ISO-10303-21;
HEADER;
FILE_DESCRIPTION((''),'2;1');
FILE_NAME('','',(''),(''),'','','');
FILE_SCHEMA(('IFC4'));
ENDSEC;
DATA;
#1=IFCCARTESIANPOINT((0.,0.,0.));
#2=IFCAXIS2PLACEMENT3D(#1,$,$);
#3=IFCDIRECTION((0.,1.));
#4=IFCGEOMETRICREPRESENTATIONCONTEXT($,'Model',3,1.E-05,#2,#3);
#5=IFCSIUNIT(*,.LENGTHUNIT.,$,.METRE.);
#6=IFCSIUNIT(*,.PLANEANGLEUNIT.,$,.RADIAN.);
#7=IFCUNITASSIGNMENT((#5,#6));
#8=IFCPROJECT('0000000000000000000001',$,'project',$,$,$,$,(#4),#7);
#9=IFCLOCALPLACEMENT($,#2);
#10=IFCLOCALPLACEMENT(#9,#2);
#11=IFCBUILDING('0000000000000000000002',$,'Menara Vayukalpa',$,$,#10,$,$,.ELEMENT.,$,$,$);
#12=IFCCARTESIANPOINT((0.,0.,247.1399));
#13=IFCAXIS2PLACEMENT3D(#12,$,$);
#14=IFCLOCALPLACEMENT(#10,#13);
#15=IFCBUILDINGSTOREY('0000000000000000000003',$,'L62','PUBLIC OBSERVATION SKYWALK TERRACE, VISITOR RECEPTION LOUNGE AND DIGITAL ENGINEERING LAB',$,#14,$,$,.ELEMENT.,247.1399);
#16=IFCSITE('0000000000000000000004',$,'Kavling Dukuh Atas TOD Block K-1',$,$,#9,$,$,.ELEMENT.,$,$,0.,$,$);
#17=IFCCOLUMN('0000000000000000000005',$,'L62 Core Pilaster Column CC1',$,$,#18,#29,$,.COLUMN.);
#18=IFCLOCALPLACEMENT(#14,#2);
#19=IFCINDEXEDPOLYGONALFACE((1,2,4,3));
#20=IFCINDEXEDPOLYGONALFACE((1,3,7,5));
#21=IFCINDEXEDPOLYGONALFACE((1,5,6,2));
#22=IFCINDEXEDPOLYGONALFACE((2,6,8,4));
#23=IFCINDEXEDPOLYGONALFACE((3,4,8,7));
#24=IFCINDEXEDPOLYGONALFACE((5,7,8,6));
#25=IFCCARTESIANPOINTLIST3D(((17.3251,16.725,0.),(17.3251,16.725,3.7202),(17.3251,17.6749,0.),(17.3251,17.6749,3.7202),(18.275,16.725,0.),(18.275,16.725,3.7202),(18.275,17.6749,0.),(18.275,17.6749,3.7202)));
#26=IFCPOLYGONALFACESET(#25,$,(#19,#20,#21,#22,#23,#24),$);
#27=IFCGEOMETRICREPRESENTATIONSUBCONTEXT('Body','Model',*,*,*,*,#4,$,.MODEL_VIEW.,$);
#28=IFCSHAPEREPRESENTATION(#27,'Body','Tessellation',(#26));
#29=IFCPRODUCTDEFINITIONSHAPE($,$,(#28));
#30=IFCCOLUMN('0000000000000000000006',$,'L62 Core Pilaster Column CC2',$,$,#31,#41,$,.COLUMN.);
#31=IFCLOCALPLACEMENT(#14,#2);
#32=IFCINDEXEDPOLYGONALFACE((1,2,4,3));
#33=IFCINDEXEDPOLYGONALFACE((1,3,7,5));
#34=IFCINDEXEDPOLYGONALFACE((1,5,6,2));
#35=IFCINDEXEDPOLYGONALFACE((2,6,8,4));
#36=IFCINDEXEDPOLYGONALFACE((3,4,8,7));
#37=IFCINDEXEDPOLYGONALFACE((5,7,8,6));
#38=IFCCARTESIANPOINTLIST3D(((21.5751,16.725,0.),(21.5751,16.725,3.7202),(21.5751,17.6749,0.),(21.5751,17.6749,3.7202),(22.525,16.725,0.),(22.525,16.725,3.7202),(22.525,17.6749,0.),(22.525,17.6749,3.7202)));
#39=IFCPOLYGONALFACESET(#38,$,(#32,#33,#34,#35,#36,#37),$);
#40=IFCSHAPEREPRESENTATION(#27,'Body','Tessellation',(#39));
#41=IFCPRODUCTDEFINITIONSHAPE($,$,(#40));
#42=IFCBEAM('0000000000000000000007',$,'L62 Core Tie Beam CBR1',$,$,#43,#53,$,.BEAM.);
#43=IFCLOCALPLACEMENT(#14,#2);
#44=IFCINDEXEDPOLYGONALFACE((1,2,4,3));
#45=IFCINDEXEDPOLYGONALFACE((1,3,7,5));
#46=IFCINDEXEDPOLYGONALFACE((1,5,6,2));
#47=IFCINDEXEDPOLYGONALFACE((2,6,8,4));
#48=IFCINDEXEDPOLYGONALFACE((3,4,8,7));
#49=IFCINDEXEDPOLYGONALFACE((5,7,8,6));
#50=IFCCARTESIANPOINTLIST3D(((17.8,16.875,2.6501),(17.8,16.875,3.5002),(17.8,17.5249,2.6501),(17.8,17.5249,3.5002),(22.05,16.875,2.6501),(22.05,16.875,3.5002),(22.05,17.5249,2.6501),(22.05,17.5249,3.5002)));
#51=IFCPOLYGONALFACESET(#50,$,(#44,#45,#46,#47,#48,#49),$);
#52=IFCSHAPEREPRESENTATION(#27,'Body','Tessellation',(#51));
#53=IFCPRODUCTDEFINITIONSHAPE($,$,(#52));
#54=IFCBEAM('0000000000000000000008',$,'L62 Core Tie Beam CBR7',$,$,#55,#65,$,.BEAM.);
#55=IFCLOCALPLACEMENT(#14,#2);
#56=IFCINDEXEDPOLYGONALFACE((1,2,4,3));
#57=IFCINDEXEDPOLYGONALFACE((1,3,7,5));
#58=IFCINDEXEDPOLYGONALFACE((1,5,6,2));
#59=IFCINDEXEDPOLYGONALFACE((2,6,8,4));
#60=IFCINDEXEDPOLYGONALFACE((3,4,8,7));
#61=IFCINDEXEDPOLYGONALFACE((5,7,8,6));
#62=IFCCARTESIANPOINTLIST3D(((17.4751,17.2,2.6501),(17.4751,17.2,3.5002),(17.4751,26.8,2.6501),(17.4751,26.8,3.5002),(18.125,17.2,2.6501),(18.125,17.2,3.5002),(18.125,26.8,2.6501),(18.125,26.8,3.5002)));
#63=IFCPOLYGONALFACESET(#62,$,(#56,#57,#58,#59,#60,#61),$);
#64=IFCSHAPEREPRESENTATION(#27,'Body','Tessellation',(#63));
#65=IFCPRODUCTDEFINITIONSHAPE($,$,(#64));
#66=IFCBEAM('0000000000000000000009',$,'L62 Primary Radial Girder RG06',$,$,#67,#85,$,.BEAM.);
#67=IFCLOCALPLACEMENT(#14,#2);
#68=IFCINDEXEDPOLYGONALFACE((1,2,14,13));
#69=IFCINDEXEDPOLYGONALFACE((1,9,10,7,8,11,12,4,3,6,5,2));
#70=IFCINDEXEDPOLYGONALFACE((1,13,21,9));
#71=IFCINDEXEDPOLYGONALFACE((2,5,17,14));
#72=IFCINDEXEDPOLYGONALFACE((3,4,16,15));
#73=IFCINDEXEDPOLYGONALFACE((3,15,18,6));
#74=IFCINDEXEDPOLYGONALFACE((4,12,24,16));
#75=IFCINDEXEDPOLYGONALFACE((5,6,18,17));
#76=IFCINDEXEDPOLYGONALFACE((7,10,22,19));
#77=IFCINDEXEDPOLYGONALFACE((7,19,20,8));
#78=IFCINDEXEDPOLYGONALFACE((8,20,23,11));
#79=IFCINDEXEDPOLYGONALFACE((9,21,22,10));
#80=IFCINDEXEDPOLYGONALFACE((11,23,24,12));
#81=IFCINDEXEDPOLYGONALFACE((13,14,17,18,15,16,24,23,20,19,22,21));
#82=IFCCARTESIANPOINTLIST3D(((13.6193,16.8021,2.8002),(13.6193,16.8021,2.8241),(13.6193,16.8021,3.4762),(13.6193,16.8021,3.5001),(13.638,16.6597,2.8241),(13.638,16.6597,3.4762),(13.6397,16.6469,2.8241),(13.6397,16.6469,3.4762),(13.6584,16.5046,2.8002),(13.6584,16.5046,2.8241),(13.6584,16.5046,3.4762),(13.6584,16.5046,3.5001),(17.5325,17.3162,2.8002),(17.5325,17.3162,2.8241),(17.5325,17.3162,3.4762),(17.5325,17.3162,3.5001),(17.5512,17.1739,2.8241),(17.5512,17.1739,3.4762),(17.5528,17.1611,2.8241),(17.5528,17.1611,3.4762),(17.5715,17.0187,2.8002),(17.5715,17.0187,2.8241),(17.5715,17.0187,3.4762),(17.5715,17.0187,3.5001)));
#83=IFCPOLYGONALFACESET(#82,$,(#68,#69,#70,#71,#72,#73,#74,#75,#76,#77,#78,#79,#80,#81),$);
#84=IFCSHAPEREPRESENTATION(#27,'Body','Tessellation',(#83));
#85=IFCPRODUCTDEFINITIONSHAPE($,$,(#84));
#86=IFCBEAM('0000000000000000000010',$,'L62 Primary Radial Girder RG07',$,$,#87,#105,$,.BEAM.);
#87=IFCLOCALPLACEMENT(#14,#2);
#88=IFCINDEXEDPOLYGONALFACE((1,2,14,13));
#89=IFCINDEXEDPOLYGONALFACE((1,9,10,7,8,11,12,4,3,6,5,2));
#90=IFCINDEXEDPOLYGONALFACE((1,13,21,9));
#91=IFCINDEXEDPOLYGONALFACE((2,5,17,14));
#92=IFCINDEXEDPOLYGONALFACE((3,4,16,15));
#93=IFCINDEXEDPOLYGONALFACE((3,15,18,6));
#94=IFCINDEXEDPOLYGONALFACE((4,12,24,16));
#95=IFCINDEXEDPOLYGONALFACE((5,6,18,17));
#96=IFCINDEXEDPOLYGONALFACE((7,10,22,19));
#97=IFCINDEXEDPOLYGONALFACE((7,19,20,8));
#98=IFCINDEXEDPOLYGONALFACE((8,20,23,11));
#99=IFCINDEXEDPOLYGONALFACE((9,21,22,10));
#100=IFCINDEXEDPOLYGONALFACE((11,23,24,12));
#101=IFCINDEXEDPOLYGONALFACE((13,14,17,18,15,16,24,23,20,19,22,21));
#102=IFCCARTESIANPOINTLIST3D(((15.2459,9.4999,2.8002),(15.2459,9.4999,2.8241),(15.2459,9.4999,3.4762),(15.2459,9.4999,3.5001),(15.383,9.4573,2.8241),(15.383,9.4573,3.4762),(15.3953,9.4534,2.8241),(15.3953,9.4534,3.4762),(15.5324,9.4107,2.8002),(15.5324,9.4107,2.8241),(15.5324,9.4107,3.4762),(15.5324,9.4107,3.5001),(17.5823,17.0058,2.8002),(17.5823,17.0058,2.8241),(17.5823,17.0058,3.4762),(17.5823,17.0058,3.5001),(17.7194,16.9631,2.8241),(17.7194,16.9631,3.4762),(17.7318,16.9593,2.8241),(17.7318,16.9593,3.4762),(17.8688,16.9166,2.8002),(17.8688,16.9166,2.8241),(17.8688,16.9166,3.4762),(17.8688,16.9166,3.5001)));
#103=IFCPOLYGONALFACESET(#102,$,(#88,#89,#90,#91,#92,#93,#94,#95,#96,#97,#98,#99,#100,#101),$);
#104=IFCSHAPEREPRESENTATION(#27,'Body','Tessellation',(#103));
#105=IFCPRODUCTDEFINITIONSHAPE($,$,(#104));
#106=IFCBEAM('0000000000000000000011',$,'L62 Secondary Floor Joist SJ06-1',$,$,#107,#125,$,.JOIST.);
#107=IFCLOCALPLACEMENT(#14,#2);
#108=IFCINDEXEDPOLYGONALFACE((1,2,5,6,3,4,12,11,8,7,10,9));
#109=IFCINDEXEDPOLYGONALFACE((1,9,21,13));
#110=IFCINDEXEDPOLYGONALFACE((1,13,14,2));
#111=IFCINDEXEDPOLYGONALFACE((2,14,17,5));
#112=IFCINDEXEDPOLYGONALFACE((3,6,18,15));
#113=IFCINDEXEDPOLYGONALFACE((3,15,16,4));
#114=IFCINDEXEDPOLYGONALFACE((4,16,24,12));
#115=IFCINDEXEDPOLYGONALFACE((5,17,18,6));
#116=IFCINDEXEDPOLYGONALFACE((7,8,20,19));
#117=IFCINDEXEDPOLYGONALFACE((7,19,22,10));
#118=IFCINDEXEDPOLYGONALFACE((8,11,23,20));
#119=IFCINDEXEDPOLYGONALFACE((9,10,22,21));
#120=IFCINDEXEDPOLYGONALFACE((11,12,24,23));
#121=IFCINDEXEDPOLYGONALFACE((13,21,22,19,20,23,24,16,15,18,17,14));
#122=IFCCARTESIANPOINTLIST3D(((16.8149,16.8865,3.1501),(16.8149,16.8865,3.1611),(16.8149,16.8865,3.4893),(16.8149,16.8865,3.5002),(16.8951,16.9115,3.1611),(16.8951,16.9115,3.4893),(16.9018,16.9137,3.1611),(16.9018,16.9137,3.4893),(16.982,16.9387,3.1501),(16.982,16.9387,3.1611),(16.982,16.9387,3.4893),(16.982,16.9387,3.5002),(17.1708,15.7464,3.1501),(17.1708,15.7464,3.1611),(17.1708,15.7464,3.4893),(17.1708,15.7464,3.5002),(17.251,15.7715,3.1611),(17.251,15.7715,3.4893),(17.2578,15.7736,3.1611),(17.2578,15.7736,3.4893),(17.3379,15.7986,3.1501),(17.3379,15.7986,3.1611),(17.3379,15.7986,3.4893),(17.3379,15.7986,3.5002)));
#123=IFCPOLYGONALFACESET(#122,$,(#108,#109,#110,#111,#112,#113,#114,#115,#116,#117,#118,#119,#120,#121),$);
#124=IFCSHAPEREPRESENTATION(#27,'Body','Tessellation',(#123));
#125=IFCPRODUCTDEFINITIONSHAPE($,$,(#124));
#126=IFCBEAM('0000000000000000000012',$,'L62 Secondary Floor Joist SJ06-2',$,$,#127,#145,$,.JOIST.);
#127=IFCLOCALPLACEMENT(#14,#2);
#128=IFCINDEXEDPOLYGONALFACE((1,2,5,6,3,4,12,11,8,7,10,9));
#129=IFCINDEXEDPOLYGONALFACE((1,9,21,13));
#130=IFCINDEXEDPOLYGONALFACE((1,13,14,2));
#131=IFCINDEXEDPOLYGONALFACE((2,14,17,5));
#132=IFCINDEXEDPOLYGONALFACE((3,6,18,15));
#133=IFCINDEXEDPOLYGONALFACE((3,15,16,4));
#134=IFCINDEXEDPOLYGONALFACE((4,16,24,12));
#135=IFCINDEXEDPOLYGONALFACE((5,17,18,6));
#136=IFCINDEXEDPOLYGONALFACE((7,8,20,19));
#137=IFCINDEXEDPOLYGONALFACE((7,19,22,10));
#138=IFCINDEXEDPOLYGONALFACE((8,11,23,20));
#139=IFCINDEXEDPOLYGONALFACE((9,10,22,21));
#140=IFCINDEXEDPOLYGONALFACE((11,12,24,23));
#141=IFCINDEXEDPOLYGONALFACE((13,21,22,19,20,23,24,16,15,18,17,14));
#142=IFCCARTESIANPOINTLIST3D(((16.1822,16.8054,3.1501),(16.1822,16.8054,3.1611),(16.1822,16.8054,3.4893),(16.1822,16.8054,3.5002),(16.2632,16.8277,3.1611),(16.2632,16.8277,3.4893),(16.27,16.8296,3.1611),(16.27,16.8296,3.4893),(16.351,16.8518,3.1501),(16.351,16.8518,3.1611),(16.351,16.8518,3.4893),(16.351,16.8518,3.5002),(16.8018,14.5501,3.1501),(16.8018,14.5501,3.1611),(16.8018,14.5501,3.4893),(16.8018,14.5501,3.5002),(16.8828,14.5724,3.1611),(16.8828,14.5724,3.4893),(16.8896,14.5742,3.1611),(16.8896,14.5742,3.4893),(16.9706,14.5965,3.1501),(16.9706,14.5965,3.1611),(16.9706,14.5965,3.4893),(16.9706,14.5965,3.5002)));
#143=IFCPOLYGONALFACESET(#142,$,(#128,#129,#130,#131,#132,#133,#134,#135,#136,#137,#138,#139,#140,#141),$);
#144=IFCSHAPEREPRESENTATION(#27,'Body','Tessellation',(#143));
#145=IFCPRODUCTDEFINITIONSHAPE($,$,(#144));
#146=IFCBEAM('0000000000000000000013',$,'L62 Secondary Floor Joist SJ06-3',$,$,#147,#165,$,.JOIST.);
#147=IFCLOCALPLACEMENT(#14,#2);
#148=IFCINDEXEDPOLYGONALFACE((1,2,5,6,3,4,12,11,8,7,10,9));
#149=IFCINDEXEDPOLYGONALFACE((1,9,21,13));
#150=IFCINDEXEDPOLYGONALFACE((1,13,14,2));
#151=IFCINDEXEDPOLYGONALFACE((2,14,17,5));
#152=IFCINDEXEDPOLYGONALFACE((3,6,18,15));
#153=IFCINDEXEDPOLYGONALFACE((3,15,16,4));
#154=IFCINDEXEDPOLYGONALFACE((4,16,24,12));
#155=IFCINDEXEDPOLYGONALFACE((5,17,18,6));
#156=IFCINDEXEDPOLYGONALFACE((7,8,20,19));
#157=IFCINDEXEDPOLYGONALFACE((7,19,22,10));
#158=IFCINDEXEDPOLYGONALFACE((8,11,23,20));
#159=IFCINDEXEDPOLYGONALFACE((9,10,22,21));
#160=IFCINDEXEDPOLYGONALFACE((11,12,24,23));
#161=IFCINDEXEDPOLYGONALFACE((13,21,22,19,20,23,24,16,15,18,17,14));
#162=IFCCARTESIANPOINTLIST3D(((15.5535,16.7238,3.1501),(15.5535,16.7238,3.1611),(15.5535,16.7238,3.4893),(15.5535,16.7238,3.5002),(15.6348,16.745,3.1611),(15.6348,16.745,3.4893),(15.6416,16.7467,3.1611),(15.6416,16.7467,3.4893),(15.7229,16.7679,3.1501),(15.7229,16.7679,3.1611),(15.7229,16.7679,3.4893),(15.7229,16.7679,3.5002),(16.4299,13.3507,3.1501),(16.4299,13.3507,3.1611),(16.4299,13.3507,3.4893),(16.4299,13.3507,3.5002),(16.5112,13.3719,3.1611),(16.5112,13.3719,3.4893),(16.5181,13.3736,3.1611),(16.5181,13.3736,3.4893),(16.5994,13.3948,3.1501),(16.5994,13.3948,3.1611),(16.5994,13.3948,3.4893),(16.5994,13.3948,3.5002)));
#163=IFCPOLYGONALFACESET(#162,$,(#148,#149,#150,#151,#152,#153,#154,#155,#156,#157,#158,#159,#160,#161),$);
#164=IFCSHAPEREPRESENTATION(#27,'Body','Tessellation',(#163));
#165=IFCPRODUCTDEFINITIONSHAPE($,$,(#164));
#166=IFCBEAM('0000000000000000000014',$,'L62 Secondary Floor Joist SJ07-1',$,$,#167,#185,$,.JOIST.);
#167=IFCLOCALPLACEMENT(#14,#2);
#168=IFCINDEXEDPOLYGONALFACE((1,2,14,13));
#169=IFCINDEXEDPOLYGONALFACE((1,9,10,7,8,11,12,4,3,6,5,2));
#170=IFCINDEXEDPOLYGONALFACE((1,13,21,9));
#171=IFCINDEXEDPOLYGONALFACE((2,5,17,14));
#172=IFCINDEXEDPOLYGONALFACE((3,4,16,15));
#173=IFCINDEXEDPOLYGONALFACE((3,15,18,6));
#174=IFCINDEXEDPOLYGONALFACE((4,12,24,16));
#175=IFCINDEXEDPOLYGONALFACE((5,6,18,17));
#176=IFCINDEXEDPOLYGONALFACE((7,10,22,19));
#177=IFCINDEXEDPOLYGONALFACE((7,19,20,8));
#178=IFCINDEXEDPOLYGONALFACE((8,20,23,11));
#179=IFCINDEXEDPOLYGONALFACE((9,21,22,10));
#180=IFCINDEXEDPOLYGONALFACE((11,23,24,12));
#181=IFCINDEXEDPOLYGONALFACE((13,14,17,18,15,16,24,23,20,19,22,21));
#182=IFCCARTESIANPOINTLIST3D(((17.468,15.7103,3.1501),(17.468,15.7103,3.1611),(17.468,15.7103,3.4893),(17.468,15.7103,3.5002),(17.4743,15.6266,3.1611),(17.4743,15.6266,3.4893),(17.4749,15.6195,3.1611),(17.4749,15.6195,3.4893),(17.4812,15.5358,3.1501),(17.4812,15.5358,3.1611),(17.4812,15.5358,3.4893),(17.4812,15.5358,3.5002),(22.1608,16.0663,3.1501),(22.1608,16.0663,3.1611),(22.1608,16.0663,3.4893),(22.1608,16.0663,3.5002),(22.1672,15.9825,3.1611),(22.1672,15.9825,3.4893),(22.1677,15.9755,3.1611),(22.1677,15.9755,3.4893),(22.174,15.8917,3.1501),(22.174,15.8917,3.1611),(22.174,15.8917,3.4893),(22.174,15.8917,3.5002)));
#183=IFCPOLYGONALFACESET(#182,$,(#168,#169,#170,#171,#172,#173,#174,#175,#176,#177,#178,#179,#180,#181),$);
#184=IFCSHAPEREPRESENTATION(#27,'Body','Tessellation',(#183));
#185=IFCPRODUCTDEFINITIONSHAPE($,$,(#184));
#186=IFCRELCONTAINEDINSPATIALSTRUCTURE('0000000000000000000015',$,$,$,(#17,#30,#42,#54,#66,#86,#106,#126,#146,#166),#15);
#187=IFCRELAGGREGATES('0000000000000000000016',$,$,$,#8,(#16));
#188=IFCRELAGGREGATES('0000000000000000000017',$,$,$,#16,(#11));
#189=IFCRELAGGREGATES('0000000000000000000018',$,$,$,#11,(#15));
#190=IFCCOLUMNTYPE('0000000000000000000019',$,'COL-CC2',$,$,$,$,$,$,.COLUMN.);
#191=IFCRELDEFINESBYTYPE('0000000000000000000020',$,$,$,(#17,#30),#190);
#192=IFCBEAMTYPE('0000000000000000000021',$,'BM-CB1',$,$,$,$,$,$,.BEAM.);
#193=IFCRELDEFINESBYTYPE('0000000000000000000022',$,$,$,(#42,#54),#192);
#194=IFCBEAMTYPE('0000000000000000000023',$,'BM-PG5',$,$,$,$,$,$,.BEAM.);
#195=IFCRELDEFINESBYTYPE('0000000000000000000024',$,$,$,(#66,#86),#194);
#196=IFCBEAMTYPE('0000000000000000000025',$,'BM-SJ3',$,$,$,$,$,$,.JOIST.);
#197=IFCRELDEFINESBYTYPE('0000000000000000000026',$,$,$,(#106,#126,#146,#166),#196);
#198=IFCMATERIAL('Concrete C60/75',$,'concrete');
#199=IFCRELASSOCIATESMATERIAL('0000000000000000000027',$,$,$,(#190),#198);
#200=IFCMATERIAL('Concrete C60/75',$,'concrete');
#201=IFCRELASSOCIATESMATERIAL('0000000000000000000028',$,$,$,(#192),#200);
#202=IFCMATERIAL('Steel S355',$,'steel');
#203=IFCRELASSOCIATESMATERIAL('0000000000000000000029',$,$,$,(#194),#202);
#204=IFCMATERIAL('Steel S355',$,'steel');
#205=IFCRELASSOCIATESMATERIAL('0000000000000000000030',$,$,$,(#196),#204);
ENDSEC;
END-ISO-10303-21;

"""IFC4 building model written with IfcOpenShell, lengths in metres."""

from ifc_helpers import new_model, si_unit, direction, frame, origin, origin_2d, place, context, subcontext, project, spatial, rectangle, i_section, extrude, material, material_profile, profile_set, type_object, element, save


model = new_model("IFC4")

# Units and contexts
model_context = context("Model", 3, precision=1e-05, world=origin(), true_north=direction((0.0, 1.0)))
body_context = subcontext(model_context, "Body", "Model", "MODEL_VIEW")
ifc_project = project(units=[si_unit("LENGTHUNIT", "METRE"), si_unit("PLANEANGLEUNIT", "RADIAN")], contexts=[model_context])

# Site, building, storey
site_placement = place(None, origin())
site = spatial("IfcSite", under=ifc_project, at=site_placement, Name="Kavling Dukuh Atas TOD Block K-1", CompositionType="ELEMENT", RefElevation=0.0)
building_placement = place(site_placement, origin())
building = spatial("IfcBuilding", under=site, at=building_placement, Name="Menara Vayukalpa", CompositionType="ELEMENT")
storey_placement = place(building_placement, frame((0.0, 0.0, 247.1399)))
storey = spatial("IfcBuildingStorey", under=building, at=storey_placement, Name="L62", Description="PUBLIC OBSERVATION SKYWALK TERRACE, VISITOR RECEPTION LOUNGE AND DIGITAL ENGINEERING LAB", CompositionType="ELEMENT", Elevation=247.1399)

# Columns
ifc_material_1 = material(Name="Concrete C60/75", Category="concrete")
ifc_material_profile_1 = material_profile(ifc_material_1, rectangle(XDim=0.95, YDim=0.95, at=origin_2d()), Name="RC 950x950")
ifc_profile_set_1 = profile_set([ifc_material_profile_1], Name="Concrete C60/75")
column_type = type_object("IfcColumnType", Name="COL-CC2", PredefinedType="COLUMN", material=ifc_profile_set_1)
for number, where, z_axis, x_axis, name in (
    (1, (17.8, 17.2, 0.0), (0.0, 0.0, 1.0), (1.0, 0.0, 0.0), "L62 Core Pilaster Column CC1"),
    (2, (22.05, 17.2, 0.0), (0.0, 0.0, 1.0), (1.0, 0.0, 0.0), "L62 Core Pilaster Column CC2"),
):
    element("IfcColumn", number, at=place(storey_placement, frame(where, z_axis=z_axis, x_axis=x_axis)), inside=storey, type_object=column_type, Name=name, PredefinedType="COLUMN", context=body_context, shape_type="SweptSolid", body=[
        extrude(rectangle(XDim=0.95, YDim=0.95, at=origin_2d()), origin(), (0.0, 0.0, 1.0), 3.7202),
    ])

# Beams
ifc_material_2 = material(Name="Concrete C60/75", Category="concrete")
ifc_material_profile_2 = material_profile(ifc_material_2, rectangle(XDim=0.6499, YDim=0.8501, at=origin_2d()), Name="RC 650x850")
ifc_profile_set_2 = profile_set([ifc_material_profile_2], Name="Concrete C60/75")
beam_type_1 = type_object("IfcBeamType", Name="BM-CB1", PredefinedType="BEAM", material=ifc_profile_set_2)
beam_1_placement = place(storey_placement, frame((17.8, 17.2, 3.0752), z_axis=(1.0, 0.0, 0.0), x_axis=(0.0, 1.0, 0.0)))
element("IfcBeam", 3, at=beam_1_placement, inside=storey, type_object=beam_type_1, Name="L62 Core Tie Beam CBR1", PredefinedType="BEAM", context=body_context, shape_type="SweptSolid", body=[
    extrude(rectangle(XDim=0.6499, YDim=0.8501, at=origin_2d()), origin(), (0.0, 0.0, 1.0), 4.25),
])
beam_2_placement = place(storey_placement, frame((17.8, 17.2, 3.0752), z_axis=(0.0, 1.0, 0.0), x_axis=(-1.0, 0.0, 0.0)))
element("IfcBeam", 4, at=beam_2_placement, inside=storey, type_object=beam_type_1, Name="L62 Core Tie Beam CBR7", PredefinedType="BEAM", context=body_context, shape_type="SweptSolid", body=[
    extrude(rectangle(XDim=0.6499, YDim=0.8501, at=origin_2d()), origin(), (0.0, 0.0, 1.0), 9.6001),
])
ifc_material_3 = material(Name="Steel S355", Category="steel")
ifc_material_profile_3 = material_profile(ifc_material_3, i_section(OverallWidth=0.3, OverallDepth=0.7, WebThickness=0.0129, FlangeThickness=0.0239, at=origin_2d()), Name="WF 700x300x13x24")
ifc_profile_set_3 = profile_set([ifc_material_profile_3], Name="Steel S355")
beam_type_2 = type_object("IfcBeamType", Name="BM-PG5", PredefinedType="BEAM", material=ifc_profile_set_3)
beam_3_placement = place(storey_placement, frame((17.552, 17.1675, 3.1501), z_axis=(-0.991478, -0.130275, 0.0), x_axis=(0.130275, -0.991478, 0.0)))
element("IfcBeam", 5, at=beam_3_placement, inside=storey, type_object=beam_type_2, Name="L62 Primary Radial Girder RG06", PredefinedType="BEAM", context=body_context, shape_type="SweptSolid", body=[
    extrude(i_section(OverallWidth=0.3, OverallDepth=0.7, WebThickness=0.0129, FlangeThickness=0.0239, at=origin_2d()), origin(), (0.0, 0.0, 1.0), 3.9468),
])
beam_4_placement = place(storey_placement, frame((17.7256, 16.9612, 3.1501), z_axis=(-0.297214, -0.954811, 0.0), x_axis=(0.954811, -0.297214, 0.0)))
element("IfcBeam", 6, at=beam_4_placement, inside=storey, type_object=beam_type_2, Name="L62 Primary Radial Girder RG07", PredefinedType="BEAM", context=body_context, shape_type="SweptSolid", body=[
    extrude(i_section(OverallWidth=0.3, OverallDepth=0.7, WebThickness=0.0129, FlangeThickness=0.0239, at=origin_2d()), origin(), (0.0, 0.0, 1.0), 7.8611),
])
ifc_material_4 = material(Name="Steel S355", Category="steel")
ifc_material_profile_4 = material_profile(ifc_material_4, i_section(OverallWidth=0.175, OverallDepth=0.3501, WebThickness=0.0071, FlangeThickness=0.011, at=origin_2d()), Name="WF 350x175x7x11")
ifc_profile_set_4 = profile_set([ifc_material_profile_4], Name="Steel S355")
beam_type_3 = type_object("IfcBeamType", Name="BM-SJ3", PredefinedType="JOIST", material=ifc_profile_set_4)
beam_5_placement = place(storey_placement, frame((16.8984, 16.9126, 3.3252), z_axis=(0.298019, -0.95456, 0.0), x_axis=(0.95456, 0.298019, 0.0)))
element("IfcBeam", 7, at=beam_5_placement, inside=storey, type_object=beam_type_3, Name="L62 Secondary Floor Joist SJ06-1", PredefinedType="JOIST", context=body_context, shape_type="SweptSolid", body=[
    extrude(i_section(OverallWidth=0.175, OverallDepth=0.3501, WebThickness=0.0071, FlangeThickness=0.011, at=origin_2d()), origin(), (0.0, 0.0, 1.0), 1.1943),
])
beam_6_placement = place(storey_placement, frame((16.2666, 16.8286, 3.3252), z_axis=(0.264919, -0.964271, 0.0), x_axis=(0.964271, 0.264919, 0.0)))
element("IfcBeam", 8, at=beam_6_placement, inside=storey, type_object=beam_type_3, Name="L62 Secondary Floor Joist SJ06-2", PredefinedType="JOIST", context=body_context, shape_type="SweptSolid", body=[
    extrude(i_section(OverallWidth=0.175, OverallDepth=0.3501, WebThickness=0.0071, FlangeThickness=0.011, at=origin_2d()), origin(), (0.0, 0.0, 1.0), 2.3389),
])
beam_7_placement = place(storey_placement, frame((15.6382, 16.7458, 3.3252), z_axis=(0.251492, -0.967859, 0.0), x_axis=(0.967859, 0.251492, 0.0)))
element("IfcBeam", 9, at=beam_7_placement, inside=storey, type_object=beam_type_3, Name="L62 Secondary Floor Joist SJ06-3", PredefinedType="JOIST", context=body_context, shape_type="SweptSolid", body=[
    extrude(i_section(OverallWidth=0.175, OverallDepth=0.3501, WebThickness=0.0071, FlangeThickness=0.011, at=origin_2d()), origin(), (0.0, 0.0, 1.0), 3.4851),
])
beam_8_placement = place(storey_placement, frame((17.4746, 15.623, 3.3252), z_axis=(0.997136, 0.075633, 0.0), x_axis=(-0.075633, 0.997136, 0.0)))
element("IfcBeam", 10, at=beam_8_placement, inside=storey, type_object=beam_type_3, Name="L62 Secondary Floor Joist SJ07-1", PredefinedType="JOIST", context=body_context, shape_type="SweptSolid", body=[
    extrude(i_section(OverallWidth=0.175, OverallDepth=0.3501, WebThickness=0.0071, FlangeThickness=0.011, at=origin_2d()), origin(), (0.0, 0.0, 1.0), 4.7063),
])

save(model, "model.ifc")
